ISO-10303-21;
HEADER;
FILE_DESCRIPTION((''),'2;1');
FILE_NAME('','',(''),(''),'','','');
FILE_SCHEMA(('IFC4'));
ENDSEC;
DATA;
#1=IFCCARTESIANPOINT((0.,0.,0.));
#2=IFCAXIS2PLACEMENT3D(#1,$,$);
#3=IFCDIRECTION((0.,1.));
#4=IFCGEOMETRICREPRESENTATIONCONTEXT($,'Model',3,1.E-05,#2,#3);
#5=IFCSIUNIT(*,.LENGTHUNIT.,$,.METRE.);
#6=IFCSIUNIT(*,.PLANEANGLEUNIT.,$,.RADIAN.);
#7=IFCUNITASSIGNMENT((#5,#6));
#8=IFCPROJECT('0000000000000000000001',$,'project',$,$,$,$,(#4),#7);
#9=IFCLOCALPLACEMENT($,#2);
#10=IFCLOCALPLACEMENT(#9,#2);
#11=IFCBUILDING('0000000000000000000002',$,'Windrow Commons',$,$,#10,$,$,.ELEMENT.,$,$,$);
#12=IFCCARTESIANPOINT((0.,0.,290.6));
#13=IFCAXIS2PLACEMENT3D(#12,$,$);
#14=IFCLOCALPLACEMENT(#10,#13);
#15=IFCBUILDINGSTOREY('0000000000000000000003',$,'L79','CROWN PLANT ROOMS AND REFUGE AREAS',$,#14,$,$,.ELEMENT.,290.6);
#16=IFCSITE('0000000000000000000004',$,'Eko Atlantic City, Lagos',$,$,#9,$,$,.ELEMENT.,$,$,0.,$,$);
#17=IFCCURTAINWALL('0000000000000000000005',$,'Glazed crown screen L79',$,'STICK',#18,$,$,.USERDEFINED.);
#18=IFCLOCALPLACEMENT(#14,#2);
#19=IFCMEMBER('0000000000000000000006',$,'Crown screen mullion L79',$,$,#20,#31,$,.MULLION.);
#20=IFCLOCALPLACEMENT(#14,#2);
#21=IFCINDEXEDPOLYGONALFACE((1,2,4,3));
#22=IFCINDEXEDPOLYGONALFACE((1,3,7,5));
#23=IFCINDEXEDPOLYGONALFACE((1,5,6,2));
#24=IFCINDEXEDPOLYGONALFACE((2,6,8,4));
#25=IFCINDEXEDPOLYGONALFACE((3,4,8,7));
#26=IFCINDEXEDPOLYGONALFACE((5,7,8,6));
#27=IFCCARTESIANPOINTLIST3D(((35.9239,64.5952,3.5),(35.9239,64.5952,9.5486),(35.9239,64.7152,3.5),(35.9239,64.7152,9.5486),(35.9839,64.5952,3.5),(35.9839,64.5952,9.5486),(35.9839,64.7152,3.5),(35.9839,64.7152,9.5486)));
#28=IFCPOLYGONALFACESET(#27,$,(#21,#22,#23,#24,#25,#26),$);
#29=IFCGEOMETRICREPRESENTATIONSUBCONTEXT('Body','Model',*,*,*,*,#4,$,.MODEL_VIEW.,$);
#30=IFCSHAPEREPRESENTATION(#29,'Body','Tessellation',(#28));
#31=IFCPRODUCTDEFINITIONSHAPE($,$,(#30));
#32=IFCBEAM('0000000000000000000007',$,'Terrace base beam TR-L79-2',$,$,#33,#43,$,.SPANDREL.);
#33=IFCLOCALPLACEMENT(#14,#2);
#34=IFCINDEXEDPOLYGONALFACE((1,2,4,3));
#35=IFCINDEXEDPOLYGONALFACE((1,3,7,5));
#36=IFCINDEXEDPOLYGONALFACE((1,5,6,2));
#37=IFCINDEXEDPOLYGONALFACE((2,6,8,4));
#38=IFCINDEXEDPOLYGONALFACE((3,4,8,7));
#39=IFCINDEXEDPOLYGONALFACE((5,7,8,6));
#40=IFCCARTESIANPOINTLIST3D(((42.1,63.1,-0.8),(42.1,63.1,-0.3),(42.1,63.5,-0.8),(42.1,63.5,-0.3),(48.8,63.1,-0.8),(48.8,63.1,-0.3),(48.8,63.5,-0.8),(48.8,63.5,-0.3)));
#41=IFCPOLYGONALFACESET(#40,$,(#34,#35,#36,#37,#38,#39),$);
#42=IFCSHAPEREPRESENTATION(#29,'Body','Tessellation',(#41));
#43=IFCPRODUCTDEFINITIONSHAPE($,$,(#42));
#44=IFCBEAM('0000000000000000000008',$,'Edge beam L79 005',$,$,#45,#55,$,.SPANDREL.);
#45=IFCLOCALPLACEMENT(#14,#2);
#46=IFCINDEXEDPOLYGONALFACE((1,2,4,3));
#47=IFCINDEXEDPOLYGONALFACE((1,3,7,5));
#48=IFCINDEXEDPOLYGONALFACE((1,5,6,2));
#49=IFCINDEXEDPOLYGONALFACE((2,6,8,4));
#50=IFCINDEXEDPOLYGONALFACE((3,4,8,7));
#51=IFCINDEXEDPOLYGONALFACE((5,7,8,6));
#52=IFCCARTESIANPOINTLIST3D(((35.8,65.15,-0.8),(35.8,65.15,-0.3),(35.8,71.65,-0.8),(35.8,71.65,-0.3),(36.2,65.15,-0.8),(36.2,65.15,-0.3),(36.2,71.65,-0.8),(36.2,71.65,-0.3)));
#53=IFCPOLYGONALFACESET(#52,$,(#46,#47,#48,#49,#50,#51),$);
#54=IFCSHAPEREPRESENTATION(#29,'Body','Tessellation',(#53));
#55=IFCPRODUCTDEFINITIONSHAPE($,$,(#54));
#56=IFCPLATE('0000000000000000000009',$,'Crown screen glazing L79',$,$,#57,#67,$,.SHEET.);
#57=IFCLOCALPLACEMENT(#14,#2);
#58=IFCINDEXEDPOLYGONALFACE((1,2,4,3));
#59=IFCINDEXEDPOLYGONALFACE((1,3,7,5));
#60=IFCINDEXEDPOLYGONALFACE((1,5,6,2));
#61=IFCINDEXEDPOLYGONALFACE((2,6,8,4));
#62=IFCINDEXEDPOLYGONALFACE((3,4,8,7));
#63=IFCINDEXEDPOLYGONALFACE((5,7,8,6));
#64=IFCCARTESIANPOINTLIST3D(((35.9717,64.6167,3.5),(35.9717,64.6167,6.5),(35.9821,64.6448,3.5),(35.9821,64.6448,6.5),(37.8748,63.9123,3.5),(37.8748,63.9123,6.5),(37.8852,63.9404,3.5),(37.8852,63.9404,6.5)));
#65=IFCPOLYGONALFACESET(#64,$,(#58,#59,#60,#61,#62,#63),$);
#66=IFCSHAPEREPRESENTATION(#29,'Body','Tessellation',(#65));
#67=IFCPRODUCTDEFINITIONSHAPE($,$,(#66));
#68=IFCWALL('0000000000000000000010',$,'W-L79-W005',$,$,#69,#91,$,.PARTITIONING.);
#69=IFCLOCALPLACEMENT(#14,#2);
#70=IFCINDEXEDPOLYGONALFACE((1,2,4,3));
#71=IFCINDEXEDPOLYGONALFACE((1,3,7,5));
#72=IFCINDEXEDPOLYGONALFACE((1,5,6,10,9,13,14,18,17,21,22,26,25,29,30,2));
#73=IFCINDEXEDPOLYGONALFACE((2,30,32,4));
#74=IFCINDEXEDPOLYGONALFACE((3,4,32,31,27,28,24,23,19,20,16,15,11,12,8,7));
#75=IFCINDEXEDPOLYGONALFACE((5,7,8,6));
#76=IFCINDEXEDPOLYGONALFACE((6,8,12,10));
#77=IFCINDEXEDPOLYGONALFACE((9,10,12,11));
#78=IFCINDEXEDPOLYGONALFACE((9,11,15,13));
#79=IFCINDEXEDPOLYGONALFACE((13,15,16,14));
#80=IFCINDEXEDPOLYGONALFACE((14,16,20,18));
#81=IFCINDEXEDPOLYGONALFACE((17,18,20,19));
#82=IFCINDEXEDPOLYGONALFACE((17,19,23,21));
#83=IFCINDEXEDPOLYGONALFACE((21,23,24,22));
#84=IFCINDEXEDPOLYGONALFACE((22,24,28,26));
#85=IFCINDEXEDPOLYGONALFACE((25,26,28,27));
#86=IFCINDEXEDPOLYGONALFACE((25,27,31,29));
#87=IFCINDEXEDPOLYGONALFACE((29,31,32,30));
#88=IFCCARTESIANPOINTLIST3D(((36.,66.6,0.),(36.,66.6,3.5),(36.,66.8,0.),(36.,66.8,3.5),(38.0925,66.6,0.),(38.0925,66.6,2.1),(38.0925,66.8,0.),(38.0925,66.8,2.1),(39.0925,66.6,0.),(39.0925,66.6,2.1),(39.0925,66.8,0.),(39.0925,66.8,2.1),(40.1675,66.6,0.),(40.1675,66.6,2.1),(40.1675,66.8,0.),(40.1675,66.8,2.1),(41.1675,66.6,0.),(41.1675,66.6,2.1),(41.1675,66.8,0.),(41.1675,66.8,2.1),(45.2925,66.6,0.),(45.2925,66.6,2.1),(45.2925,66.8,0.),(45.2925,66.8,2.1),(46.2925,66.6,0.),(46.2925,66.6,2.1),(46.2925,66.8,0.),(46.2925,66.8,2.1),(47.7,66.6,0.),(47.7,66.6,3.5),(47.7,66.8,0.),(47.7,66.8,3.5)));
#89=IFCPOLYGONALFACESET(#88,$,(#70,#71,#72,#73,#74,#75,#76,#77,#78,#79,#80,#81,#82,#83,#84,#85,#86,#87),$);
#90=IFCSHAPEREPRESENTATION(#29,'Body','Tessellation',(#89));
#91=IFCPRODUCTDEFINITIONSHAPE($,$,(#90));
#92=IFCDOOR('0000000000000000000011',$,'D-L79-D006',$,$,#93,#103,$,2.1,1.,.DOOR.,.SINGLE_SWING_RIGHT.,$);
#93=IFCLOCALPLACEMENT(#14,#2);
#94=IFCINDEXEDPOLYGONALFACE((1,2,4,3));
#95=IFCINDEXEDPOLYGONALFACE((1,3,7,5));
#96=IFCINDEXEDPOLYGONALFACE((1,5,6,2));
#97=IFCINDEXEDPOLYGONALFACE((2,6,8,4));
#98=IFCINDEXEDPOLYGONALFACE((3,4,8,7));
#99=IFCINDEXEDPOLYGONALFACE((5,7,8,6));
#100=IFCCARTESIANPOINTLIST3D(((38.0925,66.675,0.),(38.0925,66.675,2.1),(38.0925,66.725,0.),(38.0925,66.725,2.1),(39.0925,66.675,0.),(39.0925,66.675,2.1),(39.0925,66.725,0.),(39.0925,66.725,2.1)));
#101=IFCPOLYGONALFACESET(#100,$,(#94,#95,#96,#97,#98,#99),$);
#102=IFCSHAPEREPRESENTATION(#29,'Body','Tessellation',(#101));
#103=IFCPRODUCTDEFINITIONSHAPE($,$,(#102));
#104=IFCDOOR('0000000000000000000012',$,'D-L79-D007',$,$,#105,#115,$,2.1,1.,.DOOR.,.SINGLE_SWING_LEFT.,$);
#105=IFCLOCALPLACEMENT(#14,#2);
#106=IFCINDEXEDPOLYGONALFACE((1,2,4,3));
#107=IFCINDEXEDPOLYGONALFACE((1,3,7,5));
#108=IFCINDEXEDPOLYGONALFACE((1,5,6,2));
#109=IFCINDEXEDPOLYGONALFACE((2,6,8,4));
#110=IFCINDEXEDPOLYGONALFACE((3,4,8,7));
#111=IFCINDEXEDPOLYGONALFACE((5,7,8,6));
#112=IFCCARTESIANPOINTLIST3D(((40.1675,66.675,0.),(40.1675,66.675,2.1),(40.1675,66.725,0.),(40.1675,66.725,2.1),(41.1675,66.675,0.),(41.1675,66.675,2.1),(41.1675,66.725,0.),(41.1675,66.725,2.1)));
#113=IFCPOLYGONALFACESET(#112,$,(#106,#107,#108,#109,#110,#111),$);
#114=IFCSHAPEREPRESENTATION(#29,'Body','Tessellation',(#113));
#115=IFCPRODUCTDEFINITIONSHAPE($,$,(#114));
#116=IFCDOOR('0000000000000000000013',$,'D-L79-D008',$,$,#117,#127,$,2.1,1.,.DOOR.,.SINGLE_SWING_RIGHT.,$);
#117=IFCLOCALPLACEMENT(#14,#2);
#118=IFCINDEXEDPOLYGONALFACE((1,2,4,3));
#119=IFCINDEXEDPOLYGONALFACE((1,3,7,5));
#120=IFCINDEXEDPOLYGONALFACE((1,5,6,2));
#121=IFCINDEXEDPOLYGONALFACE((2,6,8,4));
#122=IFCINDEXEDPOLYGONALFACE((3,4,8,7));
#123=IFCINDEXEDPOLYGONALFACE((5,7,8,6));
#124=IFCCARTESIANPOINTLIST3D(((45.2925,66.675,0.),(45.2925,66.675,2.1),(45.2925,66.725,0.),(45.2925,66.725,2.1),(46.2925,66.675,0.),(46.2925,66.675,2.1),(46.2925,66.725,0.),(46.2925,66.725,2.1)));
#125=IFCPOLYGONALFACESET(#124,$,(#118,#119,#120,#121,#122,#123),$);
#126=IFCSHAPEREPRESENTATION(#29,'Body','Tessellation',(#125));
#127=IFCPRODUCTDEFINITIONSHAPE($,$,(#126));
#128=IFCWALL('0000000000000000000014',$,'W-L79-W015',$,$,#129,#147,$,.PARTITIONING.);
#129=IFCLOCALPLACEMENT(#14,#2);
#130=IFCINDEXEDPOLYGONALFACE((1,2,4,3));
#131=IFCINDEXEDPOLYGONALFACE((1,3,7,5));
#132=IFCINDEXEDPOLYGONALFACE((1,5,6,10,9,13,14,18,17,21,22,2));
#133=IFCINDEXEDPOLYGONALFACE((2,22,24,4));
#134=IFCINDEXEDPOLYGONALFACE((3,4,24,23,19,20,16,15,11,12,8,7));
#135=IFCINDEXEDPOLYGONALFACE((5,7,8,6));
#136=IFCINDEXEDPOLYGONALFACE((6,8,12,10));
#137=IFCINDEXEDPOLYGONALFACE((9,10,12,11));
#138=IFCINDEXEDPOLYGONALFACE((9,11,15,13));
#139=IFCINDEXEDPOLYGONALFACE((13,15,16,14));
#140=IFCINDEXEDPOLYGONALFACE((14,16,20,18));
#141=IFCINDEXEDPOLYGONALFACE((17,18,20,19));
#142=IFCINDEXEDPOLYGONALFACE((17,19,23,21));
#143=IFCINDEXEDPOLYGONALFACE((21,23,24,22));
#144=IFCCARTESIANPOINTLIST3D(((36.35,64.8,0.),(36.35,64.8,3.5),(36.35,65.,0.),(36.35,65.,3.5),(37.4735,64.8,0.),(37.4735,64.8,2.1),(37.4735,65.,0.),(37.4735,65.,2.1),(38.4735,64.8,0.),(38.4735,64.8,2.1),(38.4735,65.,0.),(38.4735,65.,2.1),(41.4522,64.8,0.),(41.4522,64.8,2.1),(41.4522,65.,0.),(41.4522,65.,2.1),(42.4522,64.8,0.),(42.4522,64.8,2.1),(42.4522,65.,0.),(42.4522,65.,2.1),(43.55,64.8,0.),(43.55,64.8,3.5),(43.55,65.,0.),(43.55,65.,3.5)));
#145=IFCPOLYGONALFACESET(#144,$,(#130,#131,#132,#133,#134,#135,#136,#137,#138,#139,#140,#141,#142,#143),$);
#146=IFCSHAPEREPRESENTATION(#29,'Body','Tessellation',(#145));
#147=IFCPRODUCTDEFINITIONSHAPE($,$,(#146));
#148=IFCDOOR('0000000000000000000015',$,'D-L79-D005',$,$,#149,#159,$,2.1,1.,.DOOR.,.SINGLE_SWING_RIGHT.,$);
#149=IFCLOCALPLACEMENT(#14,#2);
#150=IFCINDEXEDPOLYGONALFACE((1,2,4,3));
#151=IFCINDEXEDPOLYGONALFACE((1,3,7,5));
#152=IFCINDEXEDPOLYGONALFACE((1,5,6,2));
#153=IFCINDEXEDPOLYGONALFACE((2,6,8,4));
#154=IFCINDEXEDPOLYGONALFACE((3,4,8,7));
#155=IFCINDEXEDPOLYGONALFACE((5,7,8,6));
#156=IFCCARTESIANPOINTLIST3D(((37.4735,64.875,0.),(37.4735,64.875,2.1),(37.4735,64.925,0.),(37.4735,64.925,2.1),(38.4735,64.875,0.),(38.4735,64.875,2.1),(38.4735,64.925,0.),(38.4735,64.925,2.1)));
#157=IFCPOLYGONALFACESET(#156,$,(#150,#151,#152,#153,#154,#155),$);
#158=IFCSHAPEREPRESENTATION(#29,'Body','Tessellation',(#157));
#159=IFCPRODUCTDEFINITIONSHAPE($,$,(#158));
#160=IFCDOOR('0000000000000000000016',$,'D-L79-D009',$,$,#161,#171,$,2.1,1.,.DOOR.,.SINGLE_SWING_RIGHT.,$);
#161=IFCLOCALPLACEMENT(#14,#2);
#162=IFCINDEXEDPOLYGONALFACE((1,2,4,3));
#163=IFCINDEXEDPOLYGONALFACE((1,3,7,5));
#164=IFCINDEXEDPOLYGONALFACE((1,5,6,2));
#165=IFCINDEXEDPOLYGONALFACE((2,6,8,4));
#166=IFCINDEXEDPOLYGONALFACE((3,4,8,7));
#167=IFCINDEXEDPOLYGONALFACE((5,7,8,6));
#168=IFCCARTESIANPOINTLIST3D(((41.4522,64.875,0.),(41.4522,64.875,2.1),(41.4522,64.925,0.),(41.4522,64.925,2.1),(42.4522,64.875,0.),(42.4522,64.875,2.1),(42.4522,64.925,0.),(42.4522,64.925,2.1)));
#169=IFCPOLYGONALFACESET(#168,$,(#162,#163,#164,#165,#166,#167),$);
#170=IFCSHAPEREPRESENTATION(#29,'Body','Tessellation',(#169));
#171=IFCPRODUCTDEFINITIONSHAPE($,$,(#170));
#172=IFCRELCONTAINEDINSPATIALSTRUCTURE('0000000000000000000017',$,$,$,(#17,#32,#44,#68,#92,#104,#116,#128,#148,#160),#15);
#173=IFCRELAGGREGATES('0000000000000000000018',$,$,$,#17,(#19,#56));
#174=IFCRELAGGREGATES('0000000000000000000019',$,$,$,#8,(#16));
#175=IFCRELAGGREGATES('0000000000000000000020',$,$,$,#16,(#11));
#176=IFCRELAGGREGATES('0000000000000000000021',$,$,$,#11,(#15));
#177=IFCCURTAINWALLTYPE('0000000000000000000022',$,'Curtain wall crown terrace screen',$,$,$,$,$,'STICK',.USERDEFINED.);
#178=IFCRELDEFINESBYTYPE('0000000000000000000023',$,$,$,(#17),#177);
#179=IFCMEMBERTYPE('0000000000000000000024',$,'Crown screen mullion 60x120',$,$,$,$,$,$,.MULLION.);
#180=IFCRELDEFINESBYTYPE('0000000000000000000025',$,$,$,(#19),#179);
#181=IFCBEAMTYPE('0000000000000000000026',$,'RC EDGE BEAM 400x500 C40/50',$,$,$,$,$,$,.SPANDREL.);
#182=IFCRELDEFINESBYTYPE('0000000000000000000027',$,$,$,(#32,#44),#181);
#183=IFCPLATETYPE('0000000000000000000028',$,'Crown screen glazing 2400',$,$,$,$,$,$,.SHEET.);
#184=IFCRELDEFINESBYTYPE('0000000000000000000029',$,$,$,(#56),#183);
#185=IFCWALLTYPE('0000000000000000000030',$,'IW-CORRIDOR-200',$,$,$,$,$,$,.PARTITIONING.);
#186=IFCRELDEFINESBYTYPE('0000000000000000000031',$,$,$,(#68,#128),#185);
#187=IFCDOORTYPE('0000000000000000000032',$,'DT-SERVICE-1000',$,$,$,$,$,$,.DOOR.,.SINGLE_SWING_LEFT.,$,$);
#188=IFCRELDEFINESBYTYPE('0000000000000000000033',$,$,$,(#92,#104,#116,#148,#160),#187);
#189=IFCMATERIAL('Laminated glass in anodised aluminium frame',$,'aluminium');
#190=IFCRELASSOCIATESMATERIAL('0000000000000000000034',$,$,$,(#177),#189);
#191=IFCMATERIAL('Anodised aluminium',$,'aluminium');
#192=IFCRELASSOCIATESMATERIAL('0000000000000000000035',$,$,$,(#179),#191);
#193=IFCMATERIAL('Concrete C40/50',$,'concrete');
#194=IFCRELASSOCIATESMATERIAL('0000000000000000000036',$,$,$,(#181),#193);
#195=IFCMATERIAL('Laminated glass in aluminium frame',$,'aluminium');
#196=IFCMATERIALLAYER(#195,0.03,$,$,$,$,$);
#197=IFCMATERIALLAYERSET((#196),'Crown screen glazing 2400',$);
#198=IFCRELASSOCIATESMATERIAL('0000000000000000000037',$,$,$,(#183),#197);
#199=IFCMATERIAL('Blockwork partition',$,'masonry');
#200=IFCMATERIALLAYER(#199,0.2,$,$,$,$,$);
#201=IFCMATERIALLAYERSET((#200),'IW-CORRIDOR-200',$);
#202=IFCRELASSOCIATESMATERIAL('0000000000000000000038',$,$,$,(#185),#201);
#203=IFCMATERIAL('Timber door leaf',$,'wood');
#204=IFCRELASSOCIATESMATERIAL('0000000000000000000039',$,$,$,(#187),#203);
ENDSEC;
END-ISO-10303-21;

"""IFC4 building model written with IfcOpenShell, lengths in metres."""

from ifc_helpers import new_model, si_unit, direction, frame, frame_2d, origin, origin_2d, place, context, subcontext, project, spatial, polyline, rectangle, outline, extrude, material, layer, layer_set, material_profile, profile_set, type_object, element, fill, aggregate, save


model = new_model("IFC4")

# Units and contexts
model_context = context("Model", 3, precision=1e-05, world=origin(), true_north=direction((0.0, 1.0)))
body_context = subcontext(model_context, "Body", "Model", "MODEL_VIEW")
ifc_project = project(units=[si_unit("LENGTHUNIT", "METRE"), si_unit("PLANEANGLEUNIT", "RADIAN")], contexts=[model_context])

# Site, building, storey
site_placement = place(None, origin())
site = spatial("IfcSite", under=ifc_project, at=site_placement, Name="Eko Atlantic City, Lagos", CompositionType="ELEMENT", RefElevation=0.0)
building_placement = place(site_placement, origin())
building = spatial("IfcBuilding", under=site, at=building_placement, Name="Windrow Commons", CompositionType="ELEMENT")
storey_placement = place(building_placement, frame((0.0, 0.0, 290.6)))
storey = spatial("IfcBuildingStorey", under=building, at=storey_placement, Name="L79", Description="CROWN PLANT ROOMS AND REFUGE AREAS", CompositionType="ELEMENT", Elevation=290.6)

# Curtain wall, member
ifc_material_1 = material(Name="Laminated glass in anodised aluminium frame", Category="aluminium")
curtain_wall_type = type_object("IfcCurtainWallType", Name="Curtain wall crown terrace screen", ElementType="STICK", PredefinedType="USERDEFINED", material=ifc_material_1)
curtain_wall_placement = place(storey_placement, origin())
curtain_wall = element("IfcCurtainWall", 1, at=curtain_wall_placement, inside=storey, type_object=curtain_wall_type, Name="Glazed crown screen L79", ObjectType="STICK", PredefinedType="USERDEFINED")
ifc_material_2 = material(Name="Anodised aluminium", Category="aluminium")
ifc_material_profile_1 = material_profile(ifc_material_2, rectangle(XDim=0.06, YDim=0.12, at=origin_2d()))
ifc_profile_set_1 = profile_set([ifc_material_profile_1], Name="Anodised aluminium")
member_type = type_object("IfcMemberType", Name="Crown screen mullion 60x120", PredefinedType="MULLION", material=ifc_profile_set_1)
member_placement = place(storey_placement, frame((35.9539, 64.6552, 3.5), z_axis=(0.0, 0.0, 1.0), x_axis=(1.0, 0.0, 0.0)))
member = element("IfcMember", 2, at=member_placement, type_object=member_type, Name="Crown screen mullion L79", PredefinedType="MULLION", context=body_context, shape_type="SweptSolid", body=[
    extrude(rectangle(XDim=0.06, YDim=0.12, at=origin_2d()), origin(), (0.0, 0.0, 1.0), 6.0486),
])

# Beams
ifc_material_3 = material(Name="Concrete C40/50", Category="concrete")
ifc_material_profile_2 = material_profile(ifc_material_3, rectangle(XDim=0.4, YDim=0.5, at=origin_2d()))
ifc_profile_set_2 = profile_set([ifc_material_profile_2], Name="Concrete C40/50")
beam_type = type_object("IfcBeamType", Name="RC EDGE BEAM 400x500 C40/50", PredefinedType="SPANDREL", material=ifc_profile_set_2)
beam_1_placement = place(storey_placement, frame((42.1, 63.3, -0.55), z_axis=(1.0, 0.0, 0.0), x_axis=(0.0, 1.0, 0.0)))
element("IfcBeam", 3, at=beam_1_placement, inside=storey, type_object=beam_type, Name="Terrace base beam TR-L79-2", PredefinedType="SPANDREL", context=body_context, shape_type="SweptSolid", body=[
    extrude(rectangle(XDim=0.4, YDim=0.5, at=origin_2d()), origin(), (0.0, 0.0, 1.0), 6.7),
])
beam_2_placement = place(storey_placement, frame((36.0, 65.15, -0.55), z_axis=(0.0, 1.0, 0.0), x_axis=(-1.0, 0.0, 0.0)))
element("IfcBeam", 4, at=beam_2_placement, inside=storey, type_object=beam_type, Name="Edge beam L79 005", PredefinedType="SPANDREL", context=body_context, shape_type="SweptSolid", body=[
    extrude(rectangle(XDim=0.4, YDim=0.5, at=origin_2d()), origin(), (0.0, 0.0, 1.0), 6.5),
])

# Plate
ifc_material_4 = material(Name="Laminated glass in aluminium frame", Category="aluminium")
ifc_layer_1 = layer(ifc_material_4, 0.03)
ifc_layer_set_1 = layer_set([ifc_layer_1], Name="Crown screen glazing 2400")
plate_type = type_object("IfcPlateType", Name="Crown screen glazing 2400", PredefinedType="SHEET", material=ifc_layer_set_1)
plate_placement = place(storey_placement, frame((37.8852, 63.9404, 3.5), z_axis=(0.347119, 0.937821, 0.0), x_axis=(-0.937821, 0.347119, 0.0)))
plate = element("IfcPlate", 5, at=plate_placement, type_object=plate_type, Name="Crown screen glazing L79", PredefinedType="SHEET", context=body_context, shape_type="SweptSolid", body=[
    extrude(outline(polyline([(0.0, 0.0), (2.0293, 0.0), (2.0293, 3.0), (0.0, 3.0), (0.0, 0.0)])), origin(), (0.0, 0.0, -1.0), 0.03),
])
aggregate(curtain_wall, [member, plate])

# Walls, openings, doors
ifc_material_5 = material(Name="Blockwork partition", Category="masonry")
ifc_layer_2 = layer(ifc_material_5, 0.2)
ifc_layer_set_2 = layer_set([ifc_layer_2], Name="IW-CORRIDOR-200")
wall_type_1 = type_object("IfcWallType", Name="IW-CORRIDOR-200", PredefinedType="PARTITIONING", material=ifc_layer_set_2)
wall_1_placement = place(storey_placement, frame((36.0, 66.7, 0.0), z_axis=(0.0, 0.0, 1.0), x_axis=(1.0, 0.0, 0.0)))
wall_1 = element("IfcWall", 6, at=wall_1_placement, inside=storey, type_object=wall_type_1, Name="W-L79-W005", PredefinedType="PARTITIONING", context=body_context, shape_type="SweptSolid", body=[
    extrude(rectangle(XDim=11.7, YDim=0.2, at=frame_2d((5.85, 0.0))), origin(), (0.0, 0.0, 1.0), 3.5),
])
opening_1_placement = place(wall_1_placement, frame((2.0925, 0.0, 0.0)))
opening_1 = element("IfcOpeningElement", 7, at=opening_1_placement, cuts=wall_1, PredefinedType="OPENING", context=body_context, shape_type="SweptSolid", body=[
    extrude(rectangle(XDim=1.0, YDim=2.1, at=frame_2d((0.5, 1.05))), frame((0.0, 0.11, 0.0), z_axis=(0.0, -1.0, 0.0), x_axis=(1.0, 0.0, 0.0)), (0.0, 0.0, 1.0), 0.22),
])
opening_2_placement = place(wall_1_placement, frame((4.1675, 0.0, 0.0)))
opening_2 = element("IfcOpeningElement", 8, at=opening_2_placement, cuts=wall_1, PredefinedType="OPENING", context=body_context, shape_type="SweptSolid", body=[
    extrude(rectangle(XDim=1.0, YDim=2.1, at=frame_2d((0.5, 1.05))), frame((0.0, 0.11, 0.0), z_axis=(0.0, -1.0, 0.0), x_axis=(1.0, 0.0, 0.0)), (0.0, 0.0, 1.0), 0.22),
])
opening_3_placement = place(wall_1_placement, frame((9.2925, 0.0, 0.0)))
opening_3 = element("IfcOpeningElement", 9, at=opening_3_placement, cuts=wall_1, PredefinedType="OPENING", context=body_context, shape_type="SweptSolid", body=[
    extrude(rectangle(XDim=1.0, YDim=2.1, at=frame_2d((0.5, 1.05))), frame((0.0, 0.11, 0.0), z_axis=(0.0, -1.0, 0.0), x_axis=(1.0, 0.0, 0.0)), (0.0, 0.0, 1.0), 0.22),
])
ifc_material_6 = material(Name="Timber door leaf", Category="wood")
door_type = type_object("IfcDoorType", Name="DT-SERVICE-1000", OperationType="SINGLE_SWING_LEFT", PredefinedType="DOOR", material=ifc_material_6)
door_1_placement = place(opening_1_placement, origin())
door_1 = element("IfcDoor", 10, at=door_1_placement, inside=storey, type_object=door_type, Name="D-L79-D006", OperationType="SINGLE_SWING_RIGHT", OverallHeight=2.1, OverallWidth=1.0, PredefinedType="DOOR", context=body_context, shape_type="SweptSolid", body=[
    extrude(rectangle(XDim=1.0, YDim=2.1, at=frame_2d((0.5, 1.05))), frame((0.0, 0.025, 0.0), z_axis=(0.0, -1.0, 0.0), x_axis=(1.0, 0.0, 0.0)), (0.0, 0.0, 1.0), 0.05),
])
fill(opening_1, door_1)
door_2_placement = place(opening_2_placement, origin())
door_2 = element("IfcDoor", 11, at=door_2_placement, inside=storey, type_object=door_type, Name="D-L79-D007", OperationType="SINGLE_SWING_LEFT", OverallHeight=2.1, OverallWidth=1.0, PredefinedType="DOOR", context=body_context, shape_type="SweptSolid", body=[
    extrude(rectangle(XDim=1.0, YDim=2.1, at=frame_2d((0.5, 1.05))), frame((0.0, 0.025, 0.0), z_axis=(0.0, -1.0, 0.0), x_axis=(1.0, 0.0, 0.0)), (0.0, 0.0, 1.0), 0.05),
])
fill(opening_2, door_2)
door_3_placement = place(opening_3_placement, origin())
door_3 = element("IfcDoor", 12, at=door_3_placement, inside=storey, type_object=door_type, Name="D-L79-D008", OperationType="SINGLE_SWING_RIGHT", OverallHeight=2.1, OverallWidth=1.0, PredefinedType="DOOR", context=body_context, shape_type="SweptSolid", body=[
    extrude(rectangle(XDim=1.0, YDim=2.1, at=frame_2d((0.5, 1.05))), frame((0.0, 0.025, 0.0), z_axis=(0.0, -1.0, 0.0), x_axis=(1.0, 0.0, 0.0)), (0.0, 0.0, 1.0), 0.05),
])
fill(opening_3, door_3)
wall_2_placement = place(storey_placement, frame((36.35, 64.9, 0.0), z_axis=(0.0, 0.0, 1.0), x_axis=(1.0, 0.0, 0.0)))
wall_2 = element("IfcWall", 13, at=wall_2_placement, inside=storey, type_object=wall_type_1, Name="W-L79-W015", PredefinedType="PARTITIONING", context=body_context, shape_type="SweptSolid", body=[
    extrude(rectangle(XDim=7.2, YDim=0.2, at=frame_2d((3.6, 0.0))), origin(), (0.0, 0.0, 1.0), 3.5),
])
opening_4_placement = place(wall_2_placement, frame((1.1235, 0.0, 0.0)))
opening_4 = element("IfcOpeningElement", 14, at=opening_4_placement, cuts=wall_2, PredefinedType="OPENING", context=body_context, shape_type="SweptSolid", body=[
    extrude(rectangle(XDim=1.0, YDim=2.1, at=frame_2d((0.5, 1.05))), frame((0.0, 0.11, 0.0), z_axis=(0.0, -1.0, 0.0), x_axis=(1.0, 0.0, 0.0)), (0.0, 0.0, 1.0), 0.22),
])
opening_5_placement = place(wall_2_placement, frame((5.1022, 0.0, 0.0)))
opening_5 = element("IfcOpeningElement", 15, at=opening_5_placement, cuts=wall_2, PredefinedType="OPENING", context=body_context, shape_type="SweptSolid", body=[
    extrude(rectangle(XDim=1.0, YDim=2.1, at=frame_2d((0.5, 1.05))), frame((0.0, 0.11, 0.0), z_axis=(0.0, -1.0, 0.0), x_axis=(1.0, 0.0, 0.0)), (0.0, 0.0, 1.0), 0.22),
])
door_4_placement = place(opening_4_placement, origin())
door_4 = element("IfcDoor", 16, at=door_4_placement, inside=storey, type_object=door_type, Name="D-L79-D005", OperationType="SINGLE_SWING_RIGHT", OverallHeight=2.1, OverallWidth=1.0, PredefinedType="DOOR", context=body_context, shape_type="SweptSolid", body=[
    extrude(rectangle(XDim=1.0, YDim=2.1, at=frame_2d((0.5, 1.05))), frame((0.0, 0.025, 0.0), z_axis=(0.0, -1.0, 0.0), x_axis=(1.0, 0.0, 0.0)), (0.0, 0.0, 1.0), 0.05),
])
fill(opening_4, door_4)
door_5_placement = place(opening_5_placement, origin())
door_5 = element("IfcDoor", 17, at=door_5_placement, inside=storey, type_object=door_type, Name="D-L79-D009", OperationType="SINGLE_SWING_RIGHT", OverallHeight=2.1, OverallWidth=1.0, PredefinedType="DOOR", context=body_context, shape_type="SweptSolid", body=[
    extrude(rectangle(XDim=1.0, YDim=2.1, at=frame_2d((0.5, 1.05))), frame((0.0, 0.025, 0.0), z_axis=(0.0, -1.0, 0.0), x_axis=(1.0, 0.0, 0.0)), (0.0, 0.0, 1.0), 0.05),
])
fill(opening_5, door_5)

save(model, "model.ifc")
